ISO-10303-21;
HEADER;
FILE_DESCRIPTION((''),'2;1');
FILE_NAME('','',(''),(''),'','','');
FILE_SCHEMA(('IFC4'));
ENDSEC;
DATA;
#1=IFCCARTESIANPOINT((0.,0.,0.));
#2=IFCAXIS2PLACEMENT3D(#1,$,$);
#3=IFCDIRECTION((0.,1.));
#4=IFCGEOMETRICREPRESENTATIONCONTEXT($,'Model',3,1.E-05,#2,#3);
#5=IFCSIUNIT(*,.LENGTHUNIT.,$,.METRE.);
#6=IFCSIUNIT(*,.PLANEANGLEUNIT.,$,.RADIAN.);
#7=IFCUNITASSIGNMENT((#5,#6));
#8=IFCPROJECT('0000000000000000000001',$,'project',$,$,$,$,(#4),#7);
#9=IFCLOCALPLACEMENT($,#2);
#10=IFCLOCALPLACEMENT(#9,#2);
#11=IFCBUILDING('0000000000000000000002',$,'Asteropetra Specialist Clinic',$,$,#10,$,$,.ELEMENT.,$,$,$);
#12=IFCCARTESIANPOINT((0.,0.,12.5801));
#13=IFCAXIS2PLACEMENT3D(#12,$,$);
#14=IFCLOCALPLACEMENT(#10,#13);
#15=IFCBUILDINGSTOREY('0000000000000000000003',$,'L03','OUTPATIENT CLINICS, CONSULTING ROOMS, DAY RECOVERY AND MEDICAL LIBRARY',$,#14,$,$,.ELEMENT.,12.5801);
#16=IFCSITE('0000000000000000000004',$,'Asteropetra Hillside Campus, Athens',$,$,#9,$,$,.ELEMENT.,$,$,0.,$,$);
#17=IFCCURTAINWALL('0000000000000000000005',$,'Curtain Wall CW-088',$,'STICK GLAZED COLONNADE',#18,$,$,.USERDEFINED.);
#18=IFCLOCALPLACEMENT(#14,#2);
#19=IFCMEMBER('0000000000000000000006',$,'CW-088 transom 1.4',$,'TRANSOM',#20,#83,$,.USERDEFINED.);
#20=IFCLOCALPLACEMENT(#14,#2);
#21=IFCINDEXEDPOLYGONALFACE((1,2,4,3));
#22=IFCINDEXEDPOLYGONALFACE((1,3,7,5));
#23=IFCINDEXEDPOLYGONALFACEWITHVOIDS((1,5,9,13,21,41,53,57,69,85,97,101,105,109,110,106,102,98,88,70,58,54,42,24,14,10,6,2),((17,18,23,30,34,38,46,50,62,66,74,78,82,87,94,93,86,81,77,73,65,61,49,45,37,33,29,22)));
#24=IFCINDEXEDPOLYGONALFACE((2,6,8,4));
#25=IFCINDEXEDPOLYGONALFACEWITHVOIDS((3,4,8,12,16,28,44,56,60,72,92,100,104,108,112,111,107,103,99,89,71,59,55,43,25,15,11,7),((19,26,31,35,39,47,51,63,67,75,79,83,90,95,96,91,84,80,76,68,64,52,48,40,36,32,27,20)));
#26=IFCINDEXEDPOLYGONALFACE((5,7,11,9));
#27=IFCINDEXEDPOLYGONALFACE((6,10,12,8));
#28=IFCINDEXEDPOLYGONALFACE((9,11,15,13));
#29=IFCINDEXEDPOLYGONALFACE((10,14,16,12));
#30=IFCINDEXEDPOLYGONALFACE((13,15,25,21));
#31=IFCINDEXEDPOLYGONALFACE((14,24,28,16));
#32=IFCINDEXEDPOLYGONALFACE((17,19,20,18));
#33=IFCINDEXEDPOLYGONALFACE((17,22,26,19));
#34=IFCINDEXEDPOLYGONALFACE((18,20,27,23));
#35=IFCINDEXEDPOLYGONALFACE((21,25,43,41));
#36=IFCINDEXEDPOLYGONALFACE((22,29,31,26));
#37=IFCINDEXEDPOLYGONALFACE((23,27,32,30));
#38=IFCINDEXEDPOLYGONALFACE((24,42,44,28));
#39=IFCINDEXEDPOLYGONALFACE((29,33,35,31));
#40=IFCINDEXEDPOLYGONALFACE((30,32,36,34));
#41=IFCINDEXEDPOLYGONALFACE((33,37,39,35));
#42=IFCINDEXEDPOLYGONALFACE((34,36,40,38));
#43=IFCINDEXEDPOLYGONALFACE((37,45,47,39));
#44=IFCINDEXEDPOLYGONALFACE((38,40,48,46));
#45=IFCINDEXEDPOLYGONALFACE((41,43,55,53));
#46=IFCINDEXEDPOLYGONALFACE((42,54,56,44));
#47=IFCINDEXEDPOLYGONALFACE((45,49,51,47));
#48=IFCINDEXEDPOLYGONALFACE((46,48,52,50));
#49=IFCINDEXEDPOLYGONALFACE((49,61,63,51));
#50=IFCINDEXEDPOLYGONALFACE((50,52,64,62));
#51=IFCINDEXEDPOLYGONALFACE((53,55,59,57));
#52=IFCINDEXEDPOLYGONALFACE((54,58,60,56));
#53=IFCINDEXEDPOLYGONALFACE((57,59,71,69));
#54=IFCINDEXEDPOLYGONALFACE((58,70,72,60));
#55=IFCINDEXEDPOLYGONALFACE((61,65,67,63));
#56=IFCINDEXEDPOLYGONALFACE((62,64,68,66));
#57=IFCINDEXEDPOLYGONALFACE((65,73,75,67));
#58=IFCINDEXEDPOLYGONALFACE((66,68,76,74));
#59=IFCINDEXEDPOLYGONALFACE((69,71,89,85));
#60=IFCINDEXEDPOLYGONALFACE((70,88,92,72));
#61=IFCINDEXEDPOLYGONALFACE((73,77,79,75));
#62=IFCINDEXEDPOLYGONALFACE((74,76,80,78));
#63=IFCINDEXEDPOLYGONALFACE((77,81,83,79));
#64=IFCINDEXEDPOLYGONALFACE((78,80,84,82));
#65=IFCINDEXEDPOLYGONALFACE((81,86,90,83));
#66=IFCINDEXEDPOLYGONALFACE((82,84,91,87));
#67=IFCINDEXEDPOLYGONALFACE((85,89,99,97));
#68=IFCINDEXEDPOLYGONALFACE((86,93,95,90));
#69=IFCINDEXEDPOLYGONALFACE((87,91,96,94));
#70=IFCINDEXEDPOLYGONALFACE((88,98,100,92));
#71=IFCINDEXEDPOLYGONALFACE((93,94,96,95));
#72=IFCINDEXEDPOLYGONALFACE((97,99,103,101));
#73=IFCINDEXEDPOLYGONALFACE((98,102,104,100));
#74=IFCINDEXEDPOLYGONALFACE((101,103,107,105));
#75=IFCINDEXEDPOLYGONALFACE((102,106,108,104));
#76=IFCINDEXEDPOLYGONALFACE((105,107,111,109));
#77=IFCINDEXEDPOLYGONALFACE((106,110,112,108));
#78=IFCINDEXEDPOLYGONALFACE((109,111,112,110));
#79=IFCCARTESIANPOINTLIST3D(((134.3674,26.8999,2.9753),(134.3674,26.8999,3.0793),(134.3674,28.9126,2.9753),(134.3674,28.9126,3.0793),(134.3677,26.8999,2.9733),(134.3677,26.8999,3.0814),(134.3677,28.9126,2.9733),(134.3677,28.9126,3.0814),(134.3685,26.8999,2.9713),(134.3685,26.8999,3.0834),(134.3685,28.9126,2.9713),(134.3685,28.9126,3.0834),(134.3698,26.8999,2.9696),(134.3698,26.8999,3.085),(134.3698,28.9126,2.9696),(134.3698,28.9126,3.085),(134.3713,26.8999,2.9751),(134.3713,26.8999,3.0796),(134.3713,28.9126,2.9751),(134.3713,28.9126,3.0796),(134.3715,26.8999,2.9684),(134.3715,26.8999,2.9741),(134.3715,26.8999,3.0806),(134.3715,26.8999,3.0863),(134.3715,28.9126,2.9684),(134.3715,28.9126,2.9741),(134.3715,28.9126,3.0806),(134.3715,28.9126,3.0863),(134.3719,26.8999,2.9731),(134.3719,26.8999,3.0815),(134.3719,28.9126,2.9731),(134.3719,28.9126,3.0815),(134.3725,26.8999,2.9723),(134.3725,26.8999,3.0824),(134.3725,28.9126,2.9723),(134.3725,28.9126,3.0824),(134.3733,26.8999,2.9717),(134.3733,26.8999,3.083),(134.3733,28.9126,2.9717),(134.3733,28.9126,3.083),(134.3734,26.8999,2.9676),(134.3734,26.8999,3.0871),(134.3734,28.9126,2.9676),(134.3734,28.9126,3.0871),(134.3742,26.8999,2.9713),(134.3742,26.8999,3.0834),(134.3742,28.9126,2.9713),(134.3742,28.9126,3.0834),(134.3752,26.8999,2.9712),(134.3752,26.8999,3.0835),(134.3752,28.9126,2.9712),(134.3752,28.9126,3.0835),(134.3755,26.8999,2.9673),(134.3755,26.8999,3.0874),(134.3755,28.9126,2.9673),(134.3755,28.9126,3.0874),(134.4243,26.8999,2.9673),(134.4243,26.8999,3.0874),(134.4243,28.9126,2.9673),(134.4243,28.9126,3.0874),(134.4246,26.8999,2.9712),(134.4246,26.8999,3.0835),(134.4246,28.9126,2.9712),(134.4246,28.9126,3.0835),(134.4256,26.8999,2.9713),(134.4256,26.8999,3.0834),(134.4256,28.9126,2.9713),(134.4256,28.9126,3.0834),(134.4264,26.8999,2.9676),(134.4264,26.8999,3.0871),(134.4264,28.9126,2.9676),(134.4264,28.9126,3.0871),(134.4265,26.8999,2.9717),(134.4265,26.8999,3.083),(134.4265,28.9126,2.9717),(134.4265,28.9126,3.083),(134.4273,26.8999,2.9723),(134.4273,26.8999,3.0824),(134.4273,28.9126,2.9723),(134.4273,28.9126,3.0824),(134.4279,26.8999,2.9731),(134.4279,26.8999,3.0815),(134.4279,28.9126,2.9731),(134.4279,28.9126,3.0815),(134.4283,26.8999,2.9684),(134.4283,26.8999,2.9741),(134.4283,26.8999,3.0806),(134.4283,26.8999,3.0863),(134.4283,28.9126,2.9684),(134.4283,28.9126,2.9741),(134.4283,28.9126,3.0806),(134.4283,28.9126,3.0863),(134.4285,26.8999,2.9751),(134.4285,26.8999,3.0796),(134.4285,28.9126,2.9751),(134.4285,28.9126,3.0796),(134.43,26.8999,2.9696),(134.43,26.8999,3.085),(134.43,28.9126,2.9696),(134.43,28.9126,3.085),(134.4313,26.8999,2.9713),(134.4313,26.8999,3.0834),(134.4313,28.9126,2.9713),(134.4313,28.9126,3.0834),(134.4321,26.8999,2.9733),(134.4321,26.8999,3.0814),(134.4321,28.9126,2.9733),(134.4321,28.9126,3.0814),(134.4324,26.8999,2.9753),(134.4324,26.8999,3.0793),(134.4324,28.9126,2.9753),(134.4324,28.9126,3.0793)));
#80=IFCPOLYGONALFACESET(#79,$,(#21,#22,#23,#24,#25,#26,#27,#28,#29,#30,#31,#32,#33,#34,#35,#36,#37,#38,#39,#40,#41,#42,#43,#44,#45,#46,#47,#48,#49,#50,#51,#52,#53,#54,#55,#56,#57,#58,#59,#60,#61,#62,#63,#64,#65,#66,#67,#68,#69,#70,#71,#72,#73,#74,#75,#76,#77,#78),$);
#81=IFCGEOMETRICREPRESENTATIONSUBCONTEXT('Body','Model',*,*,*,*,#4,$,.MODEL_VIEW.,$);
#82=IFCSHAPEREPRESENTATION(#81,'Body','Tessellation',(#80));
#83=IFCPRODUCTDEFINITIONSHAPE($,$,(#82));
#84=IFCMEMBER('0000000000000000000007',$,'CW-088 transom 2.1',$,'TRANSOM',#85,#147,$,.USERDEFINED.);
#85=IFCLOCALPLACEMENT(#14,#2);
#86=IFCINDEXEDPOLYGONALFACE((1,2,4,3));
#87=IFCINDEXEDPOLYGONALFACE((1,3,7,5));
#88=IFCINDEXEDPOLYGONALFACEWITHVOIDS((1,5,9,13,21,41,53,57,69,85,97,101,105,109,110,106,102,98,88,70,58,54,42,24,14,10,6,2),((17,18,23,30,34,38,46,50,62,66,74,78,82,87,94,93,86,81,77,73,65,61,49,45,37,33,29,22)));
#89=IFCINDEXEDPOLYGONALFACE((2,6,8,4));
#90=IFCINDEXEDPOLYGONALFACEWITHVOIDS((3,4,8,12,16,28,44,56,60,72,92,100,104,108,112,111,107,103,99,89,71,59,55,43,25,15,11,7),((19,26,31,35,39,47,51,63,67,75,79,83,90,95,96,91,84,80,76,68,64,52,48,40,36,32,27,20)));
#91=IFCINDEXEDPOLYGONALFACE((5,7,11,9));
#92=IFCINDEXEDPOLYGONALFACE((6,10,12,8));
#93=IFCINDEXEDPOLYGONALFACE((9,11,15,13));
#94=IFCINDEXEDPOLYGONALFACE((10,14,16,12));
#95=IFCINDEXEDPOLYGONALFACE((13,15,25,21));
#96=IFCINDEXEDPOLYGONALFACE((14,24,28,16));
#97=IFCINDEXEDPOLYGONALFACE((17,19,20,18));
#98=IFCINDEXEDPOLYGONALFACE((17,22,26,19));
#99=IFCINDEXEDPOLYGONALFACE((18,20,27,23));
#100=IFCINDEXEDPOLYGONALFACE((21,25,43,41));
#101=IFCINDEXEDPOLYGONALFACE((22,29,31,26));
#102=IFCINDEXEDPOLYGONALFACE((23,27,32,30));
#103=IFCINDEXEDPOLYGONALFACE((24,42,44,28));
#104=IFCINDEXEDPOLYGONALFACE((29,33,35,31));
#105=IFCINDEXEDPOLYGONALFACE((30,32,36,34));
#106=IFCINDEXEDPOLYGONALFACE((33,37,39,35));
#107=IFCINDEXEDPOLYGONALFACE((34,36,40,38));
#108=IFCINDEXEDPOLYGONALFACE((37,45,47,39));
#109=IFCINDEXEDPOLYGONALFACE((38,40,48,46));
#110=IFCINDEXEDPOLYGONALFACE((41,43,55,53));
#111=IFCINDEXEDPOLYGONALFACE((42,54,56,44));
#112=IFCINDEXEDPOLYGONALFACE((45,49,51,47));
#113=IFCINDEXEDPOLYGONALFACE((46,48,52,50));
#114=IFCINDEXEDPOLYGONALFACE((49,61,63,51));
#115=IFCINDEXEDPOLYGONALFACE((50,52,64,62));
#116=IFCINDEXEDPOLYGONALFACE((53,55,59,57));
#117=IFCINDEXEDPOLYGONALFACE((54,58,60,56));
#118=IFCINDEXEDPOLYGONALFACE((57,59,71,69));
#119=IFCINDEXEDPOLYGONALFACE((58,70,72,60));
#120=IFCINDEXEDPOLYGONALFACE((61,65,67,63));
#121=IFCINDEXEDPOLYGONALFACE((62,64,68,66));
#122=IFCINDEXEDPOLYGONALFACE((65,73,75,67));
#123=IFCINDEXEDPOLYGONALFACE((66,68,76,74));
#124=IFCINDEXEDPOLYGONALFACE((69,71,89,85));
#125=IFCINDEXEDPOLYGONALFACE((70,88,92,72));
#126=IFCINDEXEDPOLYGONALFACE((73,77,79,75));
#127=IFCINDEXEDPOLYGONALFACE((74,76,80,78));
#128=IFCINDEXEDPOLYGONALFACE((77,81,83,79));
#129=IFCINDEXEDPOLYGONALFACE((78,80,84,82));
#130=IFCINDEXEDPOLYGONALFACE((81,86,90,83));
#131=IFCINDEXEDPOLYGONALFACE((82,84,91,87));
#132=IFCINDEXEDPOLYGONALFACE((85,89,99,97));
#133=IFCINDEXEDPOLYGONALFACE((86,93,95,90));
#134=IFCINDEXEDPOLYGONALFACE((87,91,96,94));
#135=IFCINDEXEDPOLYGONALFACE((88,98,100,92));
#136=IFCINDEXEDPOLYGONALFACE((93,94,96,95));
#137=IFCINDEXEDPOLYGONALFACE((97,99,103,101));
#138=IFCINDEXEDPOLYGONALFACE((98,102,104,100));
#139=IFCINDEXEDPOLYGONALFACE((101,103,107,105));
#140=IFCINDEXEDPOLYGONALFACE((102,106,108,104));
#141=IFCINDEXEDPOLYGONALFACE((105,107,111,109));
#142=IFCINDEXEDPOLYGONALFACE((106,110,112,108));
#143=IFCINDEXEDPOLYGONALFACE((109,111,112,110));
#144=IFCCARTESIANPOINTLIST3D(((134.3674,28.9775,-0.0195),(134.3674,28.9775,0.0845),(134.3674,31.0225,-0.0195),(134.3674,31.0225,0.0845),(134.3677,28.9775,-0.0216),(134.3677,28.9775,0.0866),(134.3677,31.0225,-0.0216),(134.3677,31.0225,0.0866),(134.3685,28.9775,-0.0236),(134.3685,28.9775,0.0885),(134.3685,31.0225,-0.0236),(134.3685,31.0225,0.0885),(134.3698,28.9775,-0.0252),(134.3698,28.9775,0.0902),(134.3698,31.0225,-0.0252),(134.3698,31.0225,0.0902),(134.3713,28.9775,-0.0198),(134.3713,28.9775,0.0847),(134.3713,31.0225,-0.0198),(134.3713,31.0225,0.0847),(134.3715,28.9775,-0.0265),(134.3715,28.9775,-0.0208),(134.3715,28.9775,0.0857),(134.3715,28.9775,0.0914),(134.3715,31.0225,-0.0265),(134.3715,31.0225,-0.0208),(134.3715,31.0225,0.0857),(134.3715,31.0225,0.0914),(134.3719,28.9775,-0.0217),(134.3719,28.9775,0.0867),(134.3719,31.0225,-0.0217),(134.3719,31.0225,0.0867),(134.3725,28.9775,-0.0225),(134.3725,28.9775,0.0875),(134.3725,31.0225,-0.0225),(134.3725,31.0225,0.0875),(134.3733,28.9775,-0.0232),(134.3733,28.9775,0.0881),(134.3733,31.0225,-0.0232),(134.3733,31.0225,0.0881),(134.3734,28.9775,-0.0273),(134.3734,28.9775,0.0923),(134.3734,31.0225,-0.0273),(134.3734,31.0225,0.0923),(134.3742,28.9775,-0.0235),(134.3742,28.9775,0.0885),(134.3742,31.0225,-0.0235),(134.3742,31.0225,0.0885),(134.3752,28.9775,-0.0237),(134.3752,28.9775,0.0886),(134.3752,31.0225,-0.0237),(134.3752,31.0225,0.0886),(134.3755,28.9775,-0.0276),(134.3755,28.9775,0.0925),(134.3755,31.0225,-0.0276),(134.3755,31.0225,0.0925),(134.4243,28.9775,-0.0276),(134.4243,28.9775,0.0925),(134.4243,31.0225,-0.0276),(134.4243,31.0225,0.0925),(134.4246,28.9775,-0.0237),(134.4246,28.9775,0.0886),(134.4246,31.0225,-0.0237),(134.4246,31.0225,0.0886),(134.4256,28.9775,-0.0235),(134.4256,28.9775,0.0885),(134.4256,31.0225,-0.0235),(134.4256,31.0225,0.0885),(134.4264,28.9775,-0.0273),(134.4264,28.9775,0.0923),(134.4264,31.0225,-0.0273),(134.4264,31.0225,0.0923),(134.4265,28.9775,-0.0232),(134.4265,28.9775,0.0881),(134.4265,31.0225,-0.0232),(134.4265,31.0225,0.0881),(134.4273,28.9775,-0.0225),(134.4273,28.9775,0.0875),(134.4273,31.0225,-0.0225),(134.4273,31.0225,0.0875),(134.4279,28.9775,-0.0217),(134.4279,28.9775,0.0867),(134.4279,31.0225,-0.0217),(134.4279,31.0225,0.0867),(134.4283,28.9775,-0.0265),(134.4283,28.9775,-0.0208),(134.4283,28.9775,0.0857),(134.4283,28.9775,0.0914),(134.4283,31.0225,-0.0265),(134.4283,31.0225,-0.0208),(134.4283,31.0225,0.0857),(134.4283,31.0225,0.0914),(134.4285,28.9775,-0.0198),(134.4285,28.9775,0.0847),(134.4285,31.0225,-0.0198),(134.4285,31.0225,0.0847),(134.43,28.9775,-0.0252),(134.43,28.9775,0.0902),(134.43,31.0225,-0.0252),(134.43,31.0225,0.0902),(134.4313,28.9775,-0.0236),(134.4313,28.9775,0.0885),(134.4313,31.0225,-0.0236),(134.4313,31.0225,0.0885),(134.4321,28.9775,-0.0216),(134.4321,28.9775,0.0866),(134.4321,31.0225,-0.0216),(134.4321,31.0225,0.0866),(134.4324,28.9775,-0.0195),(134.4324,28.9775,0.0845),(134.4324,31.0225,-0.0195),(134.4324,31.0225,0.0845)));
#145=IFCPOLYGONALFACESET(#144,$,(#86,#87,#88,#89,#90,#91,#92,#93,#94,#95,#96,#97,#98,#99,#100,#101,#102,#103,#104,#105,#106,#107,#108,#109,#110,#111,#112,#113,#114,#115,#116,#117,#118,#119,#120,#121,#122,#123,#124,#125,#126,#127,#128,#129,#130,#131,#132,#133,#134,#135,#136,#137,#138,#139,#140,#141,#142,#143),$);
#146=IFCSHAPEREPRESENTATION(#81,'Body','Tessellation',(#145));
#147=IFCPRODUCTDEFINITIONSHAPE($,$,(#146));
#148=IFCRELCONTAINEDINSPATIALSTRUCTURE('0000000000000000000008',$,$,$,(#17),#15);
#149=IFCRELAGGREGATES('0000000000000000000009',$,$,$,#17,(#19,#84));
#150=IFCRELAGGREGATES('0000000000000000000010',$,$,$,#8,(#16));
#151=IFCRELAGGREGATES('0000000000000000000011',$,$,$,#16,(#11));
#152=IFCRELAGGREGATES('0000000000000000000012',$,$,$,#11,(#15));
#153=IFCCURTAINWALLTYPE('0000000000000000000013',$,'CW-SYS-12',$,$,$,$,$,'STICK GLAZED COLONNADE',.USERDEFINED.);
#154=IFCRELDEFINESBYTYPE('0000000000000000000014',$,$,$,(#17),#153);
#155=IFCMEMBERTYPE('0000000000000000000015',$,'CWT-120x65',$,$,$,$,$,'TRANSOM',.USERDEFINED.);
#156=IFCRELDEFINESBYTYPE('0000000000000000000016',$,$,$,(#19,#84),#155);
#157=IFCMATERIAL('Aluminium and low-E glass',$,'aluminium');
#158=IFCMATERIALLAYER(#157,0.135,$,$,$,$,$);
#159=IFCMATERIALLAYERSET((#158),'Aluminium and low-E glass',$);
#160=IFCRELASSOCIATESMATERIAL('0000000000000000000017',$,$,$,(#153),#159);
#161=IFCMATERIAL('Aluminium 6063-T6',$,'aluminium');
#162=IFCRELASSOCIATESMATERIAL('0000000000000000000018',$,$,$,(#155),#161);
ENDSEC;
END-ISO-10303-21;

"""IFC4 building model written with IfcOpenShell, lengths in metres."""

from ifc_helpers import new_model, si_unit, direction, frame, origin, origin_2d, place, context, subcontext, project, spatial, hollow_rectangle, extrude, material, layer, layer_set, material_profile, profile_set, type_object, element, aggregate, save


model = new_model("IFC4")

# Units and contexts
model_context = context("Model", 3, precision=1e-05, world=origin(), true_north=direction((0.0, 1.0)))
body_context = subcontext(model_context, "Body", "Model", "MODEL_VIEW")
ifc_project = project(units=[si_unit("LENGTHUNIT", "METRE"), si_unit("PLANEANGLEUNIT", "RADIAN")], contexts=[model_context])

# Site, building, storey
site_placement = place(None, origin())
site = spatial("IfcSite", under=ifc_project, at=site_placement, Name="Asteropetra Hillside Campus, Athens", CompositionType="ELEMENT", RefElevation=0.0)
building_placement = place(site_placement, origin())
building = spatial("IfcBuilding", under=site, at=building_placement, Name="Asteropetra Specialist Clinic", CompositionType="ELEMENT")
storey_placement = place(building_placement, frame((0.0, 0.0, 12.5801)))
storey = spatial("IfcBuildingStorey", under=building, at=storey_placement, Name="L03", Description="OUTPATIENT CLINICS, CONSULTING ROOMS, DAY RECOVERY AND MEDICAL LIBRARY", CompositionType="ELEMENT", Elevation=12.5801)

# Curtain wall
ifc_material_1 = material(Name="Aluminium and low-E glass", Category="aluminium")
ifc_layer_1 = layer(ifc_material_1, 0.135)
ifc_layer_set_1 = layer_set([ifc_layer_1], Name="Aluminium and low-E glass")
curtain_wall_type_1 = type_object("IfcCurtainWallType", Name="CW-SYS-12", ElementType="STICK GLAZED COLONNADE", PredefinedType="USERDEFINED", material=ifc_layer_set_1)
curtain_wall_1_placement = place(storey_placement, origin())
curtain_wall_1 = element("IfcCurtainWall", 1, at=curtain_wall_1_placement, inside=storey, type_object=curtain_wall_type_1, Name="Curtain Wall CW-088", ObjectType="STICK GLAZED COLONNADE", PredefinedType="USERDEFINED")

# Members
ifc_material_2 = material(Name="Aluminium 6063-T6", Category="aluminium")
ifc_material_profile_1 = material_profile(ifc_material_2, hollow_rectangle(XDim=0.0649, YDim=0.1201, WallThickness=0.0039, InnerFilletRadius=0.0039, OuterFilletRadius=0.0081, at=origin_2d()), Name="TRN 120x65x4.0")
ifc_profile_set_1 = profile_set([ifc_material_profile_1], Name="Aluminium 6063-T6")
member_type_1 = type_object("IfcMemberType", Name="CWT-120x65", ElementType="TRANSOM", PredefinedType="USERDEFINED", material=ifc_profile_set_1)
member_1_placement = place(storey_placement, frame((134.3999, 26.8999, 3.0273), z_axis=(0.0, 1.0, 0.0), x_axis=(-1.0, 0.0, 0.0)))
member_1 = element("IfcMember", 2, at=member_1_placement, type_object=member_type_1, Name="CW-088 transom 1.4", ObjectType="TRANSOM", PredefinedType="USERDEFINED", context=body_context, shape_type="SweptSolid", body=[
    extrude(hollow_rectangle(XDim=0.0649, YDim=0.1201, WallThickness=0.0039, InnerFilletRadius=0.0039, OuterFilletRadius=0.0081, at=origin_2d()), origin(), (0.0, 0.0, 1.0), 2.0127),
])
member_2_placement = place(storey_placement, frame((134.3999, 28.9775, 0.0325), z_axis=(0.0, 1.0, 0.0), x_axis=(-1.0, 0.0, 0.0)))
member_2 = element("IfcMember", 3, at=member_2_placement, type_object=member_type_1, Name="CW-088 transom 2.1", ObjectType="TRANSOM", PredefinedType="USERDEFINED", context=body_context, shape_type="SweptSolid", body=[
    extrude(hollow_rectangle(XDim=0.0649, YDim=0.1201, WallThickness=0.0039, InnerFilletRadius=0.0039, OuterFilletRadius=0.0081, at=origin_2d()), origin(), (0.0, 0.0, 1.0), 2.0449),
])

aggregate(curtain_wall_1, [member_1, member_2])

save(model, "model.ifc")
